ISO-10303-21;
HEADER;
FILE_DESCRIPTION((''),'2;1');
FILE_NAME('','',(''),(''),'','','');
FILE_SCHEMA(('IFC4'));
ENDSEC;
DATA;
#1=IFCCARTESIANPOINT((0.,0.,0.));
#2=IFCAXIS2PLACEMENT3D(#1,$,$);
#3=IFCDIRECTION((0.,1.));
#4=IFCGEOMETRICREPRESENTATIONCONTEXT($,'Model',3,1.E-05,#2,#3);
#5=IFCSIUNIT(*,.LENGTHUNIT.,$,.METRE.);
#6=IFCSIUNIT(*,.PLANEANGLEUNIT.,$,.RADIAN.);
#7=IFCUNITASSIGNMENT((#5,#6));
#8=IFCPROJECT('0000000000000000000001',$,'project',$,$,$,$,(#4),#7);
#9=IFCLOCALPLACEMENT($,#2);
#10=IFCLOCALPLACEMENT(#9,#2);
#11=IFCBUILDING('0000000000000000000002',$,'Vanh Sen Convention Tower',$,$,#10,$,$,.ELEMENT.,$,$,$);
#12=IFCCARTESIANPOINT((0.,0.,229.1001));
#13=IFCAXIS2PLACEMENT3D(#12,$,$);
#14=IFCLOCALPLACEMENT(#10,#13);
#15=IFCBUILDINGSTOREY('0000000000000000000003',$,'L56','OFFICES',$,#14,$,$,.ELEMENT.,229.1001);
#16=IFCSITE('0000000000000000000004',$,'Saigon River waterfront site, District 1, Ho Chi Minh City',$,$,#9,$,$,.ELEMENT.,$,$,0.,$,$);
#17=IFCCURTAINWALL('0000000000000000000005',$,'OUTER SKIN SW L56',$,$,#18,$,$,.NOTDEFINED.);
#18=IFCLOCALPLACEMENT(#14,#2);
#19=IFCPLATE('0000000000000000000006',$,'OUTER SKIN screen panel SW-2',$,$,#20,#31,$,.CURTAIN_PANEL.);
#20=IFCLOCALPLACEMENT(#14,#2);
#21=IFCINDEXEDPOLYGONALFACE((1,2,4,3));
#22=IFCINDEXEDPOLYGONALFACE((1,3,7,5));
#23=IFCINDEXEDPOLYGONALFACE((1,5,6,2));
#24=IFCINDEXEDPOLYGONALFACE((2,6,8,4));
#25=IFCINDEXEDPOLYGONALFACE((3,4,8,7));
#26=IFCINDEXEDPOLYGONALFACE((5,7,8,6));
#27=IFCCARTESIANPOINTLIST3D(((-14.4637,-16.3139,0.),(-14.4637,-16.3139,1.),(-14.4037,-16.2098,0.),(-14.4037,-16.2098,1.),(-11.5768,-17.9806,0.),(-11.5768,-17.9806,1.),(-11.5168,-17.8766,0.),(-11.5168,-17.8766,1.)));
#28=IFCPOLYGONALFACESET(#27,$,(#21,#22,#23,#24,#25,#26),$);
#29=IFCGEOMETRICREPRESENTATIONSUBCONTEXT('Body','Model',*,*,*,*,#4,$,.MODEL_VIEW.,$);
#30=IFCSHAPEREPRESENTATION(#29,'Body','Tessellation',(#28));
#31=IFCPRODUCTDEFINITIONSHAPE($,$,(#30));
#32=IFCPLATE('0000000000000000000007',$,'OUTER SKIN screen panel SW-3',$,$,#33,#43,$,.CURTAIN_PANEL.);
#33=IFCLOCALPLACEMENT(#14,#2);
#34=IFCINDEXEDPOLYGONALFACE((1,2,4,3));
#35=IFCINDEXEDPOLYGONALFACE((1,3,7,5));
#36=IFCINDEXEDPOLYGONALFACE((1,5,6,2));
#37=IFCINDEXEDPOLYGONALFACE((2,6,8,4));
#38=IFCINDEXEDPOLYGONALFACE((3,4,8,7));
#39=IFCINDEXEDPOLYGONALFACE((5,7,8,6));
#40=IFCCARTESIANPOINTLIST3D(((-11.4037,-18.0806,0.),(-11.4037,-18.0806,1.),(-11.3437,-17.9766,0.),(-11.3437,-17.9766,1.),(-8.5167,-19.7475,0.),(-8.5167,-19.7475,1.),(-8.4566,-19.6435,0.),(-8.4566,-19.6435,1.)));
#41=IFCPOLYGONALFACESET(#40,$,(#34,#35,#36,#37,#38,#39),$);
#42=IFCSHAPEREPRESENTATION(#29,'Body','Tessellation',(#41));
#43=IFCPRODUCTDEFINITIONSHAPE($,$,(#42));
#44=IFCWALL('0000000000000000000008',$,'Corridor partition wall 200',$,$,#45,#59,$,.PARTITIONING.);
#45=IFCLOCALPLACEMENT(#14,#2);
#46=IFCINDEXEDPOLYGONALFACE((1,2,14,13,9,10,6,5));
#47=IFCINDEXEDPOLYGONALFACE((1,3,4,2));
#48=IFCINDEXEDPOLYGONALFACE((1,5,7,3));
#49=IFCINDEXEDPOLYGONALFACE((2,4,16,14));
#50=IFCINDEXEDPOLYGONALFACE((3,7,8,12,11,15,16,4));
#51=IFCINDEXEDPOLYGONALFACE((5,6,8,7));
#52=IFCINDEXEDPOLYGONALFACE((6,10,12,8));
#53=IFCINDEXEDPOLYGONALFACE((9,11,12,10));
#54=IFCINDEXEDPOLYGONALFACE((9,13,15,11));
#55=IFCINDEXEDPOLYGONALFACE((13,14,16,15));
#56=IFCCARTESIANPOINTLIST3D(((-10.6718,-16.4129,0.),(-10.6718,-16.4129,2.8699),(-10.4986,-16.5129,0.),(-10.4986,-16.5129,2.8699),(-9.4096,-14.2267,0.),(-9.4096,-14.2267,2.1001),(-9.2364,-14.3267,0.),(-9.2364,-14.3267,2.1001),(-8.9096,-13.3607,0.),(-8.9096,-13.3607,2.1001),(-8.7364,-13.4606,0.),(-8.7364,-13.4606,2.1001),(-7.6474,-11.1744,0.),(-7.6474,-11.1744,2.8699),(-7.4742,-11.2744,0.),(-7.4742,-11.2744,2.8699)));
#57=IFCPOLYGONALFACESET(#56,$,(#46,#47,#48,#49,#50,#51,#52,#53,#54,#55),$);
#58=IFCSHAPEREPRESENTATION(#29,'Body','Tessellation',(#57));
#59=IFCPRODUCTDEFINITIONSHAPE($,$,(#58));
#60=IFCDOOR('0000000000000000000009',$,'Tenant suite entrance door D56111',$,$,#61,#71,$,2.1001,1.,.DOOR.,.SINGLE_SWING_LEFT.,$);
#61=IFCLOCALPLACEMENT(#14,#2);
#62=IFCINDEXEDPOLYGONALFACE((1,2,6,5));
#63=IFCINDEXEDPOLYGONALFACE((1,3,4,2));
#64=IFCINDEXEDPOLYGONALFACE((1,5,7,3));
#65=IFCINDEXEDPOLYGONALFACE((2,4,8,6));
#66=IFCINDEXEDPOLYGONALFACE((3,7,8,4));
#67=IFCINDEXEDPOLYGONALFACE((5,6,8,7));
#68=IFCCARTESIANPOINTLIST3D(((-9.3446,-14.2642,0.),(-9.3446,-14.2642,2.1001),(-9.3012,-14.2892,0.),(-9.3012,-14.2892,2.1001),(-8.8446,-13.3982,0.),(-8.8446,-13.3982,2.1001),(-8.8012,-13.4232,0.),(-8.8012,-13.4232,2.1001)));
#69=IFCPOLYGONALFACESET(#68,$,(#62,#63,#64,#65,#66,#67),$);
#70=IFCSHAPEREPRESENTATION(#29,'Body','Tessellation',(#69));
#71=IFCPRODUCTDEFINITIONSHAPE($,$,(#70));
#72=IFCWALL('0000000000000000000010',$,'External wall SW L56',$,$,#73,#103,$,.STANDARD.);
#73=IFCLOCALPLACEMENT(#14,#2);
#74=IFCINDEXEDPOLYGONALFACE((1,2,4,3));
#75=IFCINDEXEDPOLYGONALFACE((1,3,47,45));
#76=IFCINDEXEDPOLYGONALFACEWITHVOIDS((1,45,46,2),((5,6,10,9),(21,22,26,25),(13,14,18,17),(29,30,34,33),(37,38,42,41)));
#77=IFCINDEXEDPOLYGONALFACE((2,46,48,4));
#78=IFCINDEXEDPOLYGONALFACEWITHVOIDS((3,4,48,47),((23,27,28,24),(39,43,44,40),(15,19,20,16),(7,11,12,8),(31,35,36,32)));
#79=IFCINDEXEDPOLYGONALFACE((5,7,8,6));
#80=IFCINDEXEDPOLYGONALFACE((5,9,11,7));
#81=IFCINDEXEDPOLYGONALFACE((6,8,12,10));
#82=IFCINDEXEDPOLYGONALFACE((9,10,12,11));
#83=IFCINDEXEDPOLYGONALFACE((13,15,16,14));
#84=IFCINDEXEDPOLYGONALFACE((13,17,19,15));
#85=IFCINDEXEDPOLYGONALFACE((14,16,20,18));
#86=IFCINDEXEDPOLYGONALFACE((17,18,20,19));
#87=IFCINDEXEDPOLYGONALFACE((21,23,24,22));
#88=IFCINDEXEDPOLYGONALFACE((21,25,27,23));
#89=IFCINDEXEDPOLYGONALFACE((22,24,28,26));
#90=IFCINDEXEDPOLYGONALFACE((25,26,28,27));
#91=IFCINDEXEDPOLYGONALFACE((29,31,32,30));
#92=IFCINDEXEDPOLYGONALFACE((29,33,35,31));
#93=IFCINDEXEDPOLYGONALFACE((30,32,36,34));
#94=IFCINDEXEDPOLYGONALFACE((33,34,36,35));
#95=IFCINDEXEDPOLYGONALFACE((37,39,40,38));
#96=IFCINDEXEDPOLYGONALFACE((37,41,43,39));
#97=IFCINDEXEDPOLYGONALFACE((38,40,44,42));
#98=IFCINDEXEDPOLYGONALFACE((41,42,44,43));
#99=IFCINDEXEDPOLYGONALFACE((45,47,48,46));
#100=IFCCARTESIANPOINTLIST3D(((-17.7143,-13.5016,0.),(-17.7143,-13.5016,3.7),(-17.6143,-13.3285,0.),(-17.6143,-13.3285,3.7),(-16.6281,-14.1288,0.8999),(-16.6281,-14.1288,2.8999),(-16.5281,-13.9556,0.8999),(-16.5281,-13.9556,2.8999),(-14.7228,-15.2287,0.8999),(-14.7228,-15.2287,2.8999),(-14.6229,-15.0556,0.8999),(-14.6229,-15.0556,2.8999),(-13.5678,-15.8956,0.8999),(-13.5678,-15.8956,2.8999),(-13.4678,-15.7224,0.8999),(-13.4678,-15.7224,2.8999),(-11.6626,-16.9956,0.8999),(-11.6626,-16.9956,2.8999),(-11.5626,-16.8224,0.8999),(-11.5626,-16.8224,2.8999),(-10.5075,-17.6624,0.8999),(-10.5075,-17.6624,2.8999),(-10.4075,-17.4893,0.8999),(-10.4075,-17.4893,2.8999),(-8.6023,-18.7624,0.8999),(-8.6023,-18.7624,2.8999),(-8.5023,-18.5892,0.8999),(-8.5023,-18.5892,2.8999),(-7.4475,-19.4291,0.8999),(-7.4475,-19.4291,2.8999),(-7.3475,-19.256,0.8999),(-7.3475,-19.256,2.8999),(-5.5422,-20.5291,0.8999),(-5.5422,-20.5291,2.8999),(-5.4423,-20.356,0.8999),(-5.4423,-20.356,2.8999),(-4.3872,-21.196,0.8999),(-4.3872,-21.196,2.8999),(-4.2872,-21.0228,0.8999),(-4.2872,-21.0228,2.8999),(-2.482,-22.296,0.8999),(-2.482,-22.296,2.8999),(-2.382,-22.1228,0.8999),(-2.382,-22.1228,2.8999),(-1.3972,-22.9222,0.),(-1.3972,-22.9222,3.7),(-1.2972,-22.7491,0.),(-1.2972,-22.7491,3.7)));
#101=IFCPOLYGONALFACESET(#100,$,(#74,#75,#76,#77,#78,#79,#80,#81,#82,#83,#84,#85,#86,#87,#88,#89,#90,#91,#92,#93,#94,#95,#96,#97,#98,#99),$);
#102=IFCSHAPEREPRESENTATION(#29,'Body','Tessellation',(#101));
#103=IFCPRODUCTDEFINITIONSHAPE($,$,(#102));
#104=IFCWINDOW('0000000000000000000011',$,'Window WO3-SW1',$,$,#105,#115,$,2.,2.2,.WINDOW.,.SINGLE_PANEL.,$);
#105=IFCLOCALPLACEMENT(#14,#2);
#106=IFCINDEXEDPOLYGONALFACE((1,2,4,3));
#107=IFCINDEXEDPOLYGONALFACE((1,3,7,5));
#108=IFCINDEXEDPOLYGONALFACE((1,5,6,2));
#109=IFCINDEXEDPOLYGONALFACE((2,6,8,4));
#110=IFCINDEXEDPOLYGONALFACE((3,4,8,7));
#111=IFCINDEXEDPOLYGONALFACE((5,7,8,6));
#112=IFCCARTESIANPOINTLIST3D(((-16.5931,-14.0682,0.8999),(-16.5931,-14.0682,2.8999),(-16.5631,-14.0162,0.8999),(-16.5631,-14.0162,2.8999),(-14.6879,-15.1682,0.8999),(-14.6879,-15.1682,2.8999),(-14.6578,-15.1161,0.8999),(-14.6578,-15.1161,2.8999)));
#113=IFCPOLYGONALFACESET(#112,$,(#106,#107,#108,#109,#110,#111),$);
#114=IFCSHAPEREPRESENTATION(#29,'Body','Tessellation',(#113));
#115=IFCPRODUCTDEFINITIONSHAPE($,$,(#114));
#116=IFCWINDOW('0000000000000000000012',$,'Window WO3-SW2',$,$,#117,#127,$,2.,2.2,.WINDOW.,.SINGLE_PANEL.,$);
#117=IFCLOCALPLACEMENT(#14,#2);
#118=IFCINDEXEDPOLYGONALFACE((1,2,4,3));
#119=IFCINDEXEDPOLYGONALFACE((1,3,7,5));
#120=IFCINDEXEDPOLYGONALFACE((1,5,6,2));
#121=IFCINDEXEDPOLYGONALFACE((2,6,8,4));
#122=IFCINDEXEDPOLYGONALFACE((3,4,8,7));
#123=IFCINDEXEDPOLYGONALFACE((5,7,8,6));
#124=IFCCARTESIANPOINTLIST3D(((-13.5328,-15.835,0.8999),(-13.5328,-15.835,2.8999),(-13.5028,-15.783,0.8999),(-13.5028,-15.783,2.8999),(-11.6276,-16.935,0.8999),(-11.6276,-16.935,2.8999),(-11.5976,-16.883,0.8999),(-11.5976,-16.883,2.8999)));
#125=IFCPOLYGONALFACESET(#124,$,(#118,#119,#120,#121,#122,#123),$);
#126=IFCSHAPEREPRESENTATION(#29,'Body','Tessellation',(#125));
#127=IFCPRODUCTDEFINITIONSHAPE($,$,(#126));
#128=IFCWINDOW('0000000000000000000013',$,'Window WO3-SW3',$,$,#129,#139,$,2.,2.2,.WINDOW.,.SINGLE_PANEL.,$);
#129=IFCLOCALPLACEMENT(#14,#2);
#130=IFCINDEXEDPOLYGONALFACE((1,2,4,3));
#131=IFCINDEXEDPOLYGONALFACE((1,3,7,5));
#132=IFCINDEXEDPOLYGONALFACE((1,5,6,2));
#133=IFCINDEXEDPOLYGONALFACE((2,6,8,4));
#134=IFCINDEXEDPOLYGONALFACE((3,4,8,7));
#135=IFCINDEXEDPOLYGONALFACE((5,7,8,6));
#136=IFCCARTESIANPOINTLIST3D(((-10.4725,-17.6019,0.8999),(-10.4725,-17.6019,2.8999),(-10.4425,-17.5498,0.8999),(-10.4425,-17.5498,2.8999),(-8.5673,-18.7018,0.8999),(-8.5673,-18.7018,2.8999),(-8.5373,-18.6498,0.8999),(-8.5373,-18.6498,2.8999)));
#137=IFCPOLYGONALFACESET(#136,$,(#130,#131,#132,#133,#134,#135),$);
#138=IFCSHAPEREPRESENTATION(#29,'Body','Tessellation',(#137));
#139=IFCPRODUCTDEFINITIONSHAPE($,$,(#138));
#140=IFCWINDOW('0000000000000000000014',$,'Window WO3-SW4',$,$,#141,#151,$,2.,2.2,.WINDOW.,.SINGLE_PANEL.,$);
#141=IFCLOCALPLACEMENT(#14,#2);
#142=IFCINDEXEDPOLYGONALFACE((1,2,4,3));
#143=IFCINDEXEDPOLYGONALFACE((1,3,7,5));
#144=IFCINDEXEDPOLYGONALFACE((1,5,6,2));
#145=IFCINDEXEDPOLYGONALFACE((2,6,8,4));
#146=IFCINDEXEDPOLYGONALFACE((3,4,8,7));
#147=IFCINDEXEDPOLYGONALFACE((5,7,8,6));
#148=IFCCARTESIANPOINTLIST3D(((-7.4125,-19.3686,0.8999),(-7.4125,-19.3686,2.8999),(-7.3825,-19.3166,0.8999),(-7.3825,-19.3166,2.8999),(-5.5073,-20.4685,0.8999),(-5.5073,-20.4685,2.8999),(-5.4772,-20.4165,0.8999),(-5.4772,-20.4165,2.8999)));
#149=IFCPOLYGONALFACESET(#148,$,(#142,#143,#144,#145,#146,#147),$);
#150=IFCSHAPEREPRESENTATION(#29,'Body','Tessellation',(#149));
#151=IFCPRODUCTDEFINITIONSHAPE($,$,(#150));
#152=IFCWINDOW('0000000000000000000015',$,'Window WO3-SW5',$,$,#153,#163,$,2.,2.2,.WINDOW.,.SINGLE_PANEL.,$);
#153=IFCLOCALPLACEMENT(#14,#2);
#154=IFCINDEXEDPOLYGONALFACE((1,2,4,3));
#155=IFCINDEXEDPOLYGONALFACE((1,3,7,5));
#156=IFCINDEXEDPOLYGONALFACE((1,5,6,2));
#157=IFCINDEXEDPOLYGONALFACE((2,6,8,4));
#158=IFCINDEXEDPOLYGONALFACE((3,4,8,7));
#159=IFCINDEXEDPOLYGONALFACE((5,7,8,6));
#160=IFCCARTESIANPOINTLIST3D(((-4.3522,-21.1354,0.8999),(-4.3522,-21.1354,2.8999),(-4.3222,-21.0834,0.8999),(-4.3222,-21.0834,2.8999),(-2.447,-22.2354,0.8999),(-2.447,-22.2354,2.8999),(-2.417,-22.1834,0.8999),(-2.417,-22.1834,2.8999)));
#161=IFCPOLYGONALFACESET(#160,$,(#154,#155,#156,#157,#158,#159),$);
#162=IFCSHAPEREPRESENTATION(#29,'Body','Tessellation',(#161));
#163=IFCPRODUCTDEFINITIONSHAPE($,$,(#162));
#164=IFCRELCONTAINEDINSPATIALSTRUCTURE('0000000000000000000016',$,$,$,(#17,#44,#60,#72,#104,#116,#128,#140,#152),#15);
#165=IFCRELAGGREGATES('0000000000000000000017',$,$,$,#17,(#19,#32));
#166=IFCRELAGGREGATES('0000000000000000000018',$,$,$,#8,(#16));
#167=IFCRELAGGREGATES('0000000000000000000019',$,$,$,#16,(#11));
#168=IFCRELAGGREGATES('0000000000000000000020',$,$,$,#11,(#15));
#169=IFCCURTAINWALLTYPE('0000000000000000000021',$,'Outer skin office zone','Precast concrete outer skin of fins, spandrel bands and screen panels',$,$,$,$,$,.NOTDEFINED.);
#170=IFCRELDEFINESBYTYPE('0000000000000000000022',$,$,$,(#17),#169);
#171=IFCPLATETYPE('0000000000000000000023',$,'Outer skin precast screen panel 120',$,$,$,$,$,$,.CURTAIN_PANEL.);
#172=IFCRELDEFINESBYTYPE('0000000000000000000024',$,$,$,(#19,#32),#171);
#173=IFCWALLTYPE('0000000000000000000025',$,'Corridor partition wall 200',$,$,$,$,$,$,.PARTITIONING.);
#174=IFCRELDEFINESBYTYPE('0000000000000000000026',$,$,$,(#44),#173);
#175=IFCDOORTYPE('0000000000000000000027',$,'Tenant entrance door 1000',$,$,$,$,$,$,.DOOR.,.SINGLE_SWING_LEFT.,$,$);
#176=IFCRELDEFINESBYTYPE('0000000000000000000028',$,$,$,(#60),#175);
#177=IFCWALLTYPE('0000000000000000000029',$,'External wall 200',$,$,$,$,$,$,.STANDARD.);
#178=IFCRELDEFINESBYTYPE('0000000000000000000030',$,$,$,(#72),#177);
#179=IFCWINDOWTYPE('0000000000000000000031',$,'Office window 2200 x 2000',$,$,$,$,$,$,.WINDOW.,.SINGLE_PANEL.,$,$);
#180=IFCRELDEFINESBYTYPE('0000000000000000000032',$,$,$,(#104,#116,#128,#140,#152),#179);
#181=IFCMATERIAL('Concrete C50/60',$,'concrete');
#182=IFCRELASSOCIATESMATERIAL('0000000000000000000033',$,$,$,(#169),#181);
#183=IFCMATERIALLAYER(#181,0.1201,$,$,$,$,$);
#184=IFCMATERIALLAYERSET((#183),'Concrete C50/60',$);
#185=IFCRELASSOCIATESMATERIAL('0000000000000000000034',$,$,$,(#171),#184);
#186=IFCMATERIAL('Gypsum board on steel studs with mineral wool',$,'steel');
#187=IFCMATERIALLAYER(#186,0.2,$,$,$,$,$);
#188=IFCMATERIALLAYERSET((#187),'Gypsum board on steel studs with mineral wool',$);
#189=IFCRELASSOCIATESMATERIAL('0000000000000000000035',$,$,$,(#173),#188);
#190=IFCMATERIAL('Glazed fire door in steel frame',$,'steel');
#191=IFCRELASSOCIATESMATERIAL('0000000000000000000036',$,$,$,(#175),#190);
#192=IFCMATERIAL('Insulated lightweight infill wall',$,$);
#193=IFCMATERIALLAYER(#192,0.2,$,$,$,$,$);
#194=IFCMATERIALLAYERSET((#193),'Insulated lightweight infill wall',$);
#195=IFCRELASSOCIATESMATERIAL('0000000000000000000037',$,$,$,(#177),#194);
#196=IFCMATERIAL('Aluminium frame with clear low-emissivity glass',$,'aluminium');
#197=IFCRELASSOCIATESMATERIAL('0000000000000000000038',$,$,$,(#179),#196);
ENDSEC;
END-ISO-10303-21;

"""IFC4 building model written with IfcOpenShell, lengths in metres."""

from ifc_helpers import new_model, si_unit, direction, frame, frame_2d, origin, origin_2d, place, context, subcontext, project, spatial, rectangle, extrude, material, layer, layer_set, type_object, element, fill, aggregate, save


model = new_model("IFC4")

# Units and contexts
model_context = context("Model", 3, precision=1e-05, world=origin(), true_north=direction((0.0, 1.0)))
body_context = subcontext(model_context, "Body", "Model", "MODEL_VIEW")
ifc_project = project(units=[si_unit("LENGTHUNIT", "METRE"), si_unit("PLANEANGLEUNIT", "RADIAN")], contexts=[model_context])

# Site, building, storey
site_placement = place(None, origin())
site = spatial("IfcSite", under=ifc_project, at=site_placement, Name="Saigon River waterfront site, District 1, Ho Chi Minh City", CompositionType="ELEMENT", RefElevation=0.0)
building_placement = place(site_placement, origin())
building = spatial("IfcBuilding", under=site, at=building_placement, Name="Vanh Sen Convention Tower", CompositionType="ELEMENT")
storey_placement = place(building_placement, frame((0.0, 0.0, 229.1001)))
storey = spatial("IfcBuildingStorey", under=building, at=storey_placement, Name="L56", Description="OFFICES", CompositionType="ELEMENT", Elevation=229.1001)

# Curtain wall
ifc_material_1 = material(Name="Concrete C50/60", Category="concrete")
curtain_wall_type = type_object("IfcCurtainWallType", Name="Outer skin office zone", Description="Precast concrete outer skin of fins, spandrel bands and screen panels", PredefinedType="NOTDEFINED", material=ifc_material_1)
curtain_wall_placement = place(storey_placement, origin())
curtain_wall = element("IfcCurtainWall", 1, at=curtain_wall_placement, inside=storey, type_object=curtain_wall_type, Name="OUTER SKIN SW L56", PredefinedType="NOTDEFINED")

# Plates
ifc_layer_1 = layer(ifc_material_1, 0.1201)
ifc_layer_set_1 = layer_set([ifc_layer_1], Name="Concrete C50/60")
plate_type = type_object("IfcPlateType", Name="Outer skin precast screen panel 120", PredefinedType="CURTAIN_PANEL", material=ifc_layer_set_1)
plate_1_placement = place(storey_placement, frame((-12.9902, -17.0952, 0.0), z_axis=(0.0, 0.0, 1.0), x_axis=(0.866026, -0.499998, 0.0)))
plate_1 = element("IfcPlate", 2, at=plate_1_placement, type_object=plate_type, Name="OUTER SKIN screen panel SW-2", PredefinedType="CURTAIN_PANEL", context=body_context, shape_type="SweptSolid", body=[
    extrude(rectangle(XDim=3.3335, YDim=0.1201, at=origin_2d()), origin(), (0.0, 0.0, 1.0), 1.0),
])
plate_2_placement = place(storey_placement, frame((-9.9302, -18.8621, 0.0), z_axis=(0.0, 0.0, 1.0), x_axis=(0.866014, -0.50002, 0.0)))
plate_2 = element("IfcPlate", 3, at=plate_2_placement, type_object=plate_type, Name="OUTER SKIN screen panel SW-3", PredefinedType="CURTAIN_PANEL", context=body_context, shape_type="SweptSolid", body=[
    extrude(rectangle(XDim=3.3337, YDim=0.1201, at=origin_2d()), origin(), (0.0, 0.0, 1.0), 1.0),
])
aggregate(curtain_wall, [plate_1, plate_2])

# Wall, opening, door
ifc_material_2 = material(Name="Gypsum board on steel studs with mineral wool", Category="steel")
ifc_layer_2 = layer(ifc_material_2, 0.2)
ifc_layer_set_2 = layer_set([ifc_layer_2], Name="Gypsum board on steel studs with mineral wool")
wall_type_1 = type_object("IfcWallType", Name="Corridor partition wall 200", PredefinedType="PARTITIONING", material=ifc_layer_set_2)
wall_1_placement = place(storey_placement, frame((-10.5852, -16.4629, 0.0), z_axis=(0.0, 0.0, 1.0), x_axis=(0.499994, 0.866029, 0.0)))
wall_1 = element("IfcWall", 4, at=wall_1_placement, inside=storey, type_object=wall_type_1, Name="Corridor partition wall 200", PredefinedType="PARTITIONING", context=body_context, shape_type="SweptSolid", body=[
    extrude(rectangle(XDim=6.0488, YDim=0.2, at=frame_2d((3.0244, 0.0))), origin(), (0.0, 0.0, 1.0), 2.8699),
])
opening_1_placement = place(wall_1_placement, frame((2.5244, 0.0, 0.0)))
opening_1 = element("IfcOpeningElement", 5, at=opening_1_placement, cuts=wall_1, PredefinedType="OPENING", context=body_context, shape_type="SweptSolid", body=[
    extrude(rectangle(XDim=1.0, YDim=2.1001, at=frame_2d((0.5, 1.05))), frame((0.0, 0.1099, 0.0), z_axis=(0.0, -1.0, 0.0), x_axis=(1.0, 0.0, 0.0)), (0.0, 0.0, 1.0), 0.22),
])
ifc_material_3 = material(Name="Glazed fire door in steel frame", Category="steel")
door_type = type_object("IfcDoorType", Name="Tenant entrance door 1000", OperationType="SINGLE_SWING_LEFT", PredefinedType="DOOR", material=ifc_material_3)
door_placement = place(opening_1_placement, origin())
door = element("IfcDoor", 6, at=door_placement, inside=storey, type_object=door_type, Name="Tenant suite entrance door D56111", OperationType="SINGLE_SWING_LEFT", OverallHeight=2.1001, OverallWidth=1.0, PredefinedType="DOOR", context=body_context, shape_type="SweptSolid", body=[
    extrude(rectangle(XDim=1.0, YDim=2.1001, at=frame_2d((0.5, 1.05))), frame((0.0, 0.0249, 0.0), z_axis=(0.0, -1.0, 0.0), x_axis=(1.0, 0.0, 0.0)), (0.0, 0.0, 1.0), 0.05),
])
fill(opening_1, door)

# Wall, openings, windows
ifc_material_4 = material(Name="Insulated lightweight infill wall")
ifc_layer_3 = layer(ifc_material_4, 0.2)
ifc_layer_set_3 = layer_set([ifc_layer_3], Name="Insulated lightweight infill wall")
wall_type_2 = type_object("IfcWallType", Name="External wall 200", PredefinedType="STANDARD", material=ifc_layer_set_3)
wall_2_placement = place(storey_placement, frame((-17.6643, -13.415, 0.0), z_axis=(0.0, 0.0, 1.0), x_axis=(0.866027, -0.499998, 0.0)))
wall_2 = element("IfcWall", 7, at=wall_2_placement, inside=storey, type_object=wall_type_2, Name="External wall SW L56", PredefinedType="STANDARD", context=body_context, shape_type="SweptSolid", body=[
    extrude(rectangle(XDim=18.8413, YDim=0.2, at=frame_2d((9.4207, 0.0))), origin(), (0.0, 0.0, 1.0), 3.7),
])
opening_2_placement = place(wall_2_placement, frame((1.2542, 0.0, 0.8999)))
opening_2 = element("IfcOpeningElement", 8, at=opening_2_placement, cuts=wall_2, PredefinedType="OPENING", context=body_context, shape_type="SweptSolid", body=[
    extrude(rectangle(XDim=2.2, YDim=2.0, at=frame_2d((1.1001, 1.0))), frame((0.0, 0.1099, 0.0), z_axis=(0.0, -1.0, 0.0), x_axis=(1.0, 0.0, 0.0)), (0.0, 0.0, 1.0), 0.22),
])
opening_3_placement = place(wall_2_placement, frame((4.7878, 0.0, 0.8999)))
opening_3 = element("IfcOpeningElement", 9, at=opening_3_placement, cuts=wall_2, PredefinedType="OPENING", context=body_context, shape_type="SweptSolid", body=[
    extrude(rectangle(XDim=2.2, YDim=2.0, at=frame_2d((1.1001, 1.0))), frame((0.0, 0.1099, 0.0), z_axis=(0.0, -1.0, 0.0), x_axis=(1.0, 0.0, 0.0)), (0.0, 0.0, 1.0), 0.22),
])
opening_4_placement = place(wall_2_placement, frame((8.3215, 0.0, 0.8999)))
opening_4 = element("IfcOpeningElement", 10, at=opening_4_placement, cuts=wall_2, PredefinedType="OPENING", context=body_context, shape_type="SweptSolid", body=[
    extrude(rectangle(XDim=2.2, YDim=2.0, at=frame_2d((1.1001, 1.0))), frame((0.0, 0.1099, 0.0), z_axis=(0.0, -1.0, 0.0), x_axis=(1.0, 0.0, 0.0)), (0.0, 0.0, 1.0), 0.22),
])
opening_5_placement = place(wall_2_placement, frame((11.855, 0.0, 0.8999)))
opening_5 = element("IfcOpeningElement", 11, at=opening_5_placement, cuts=wall_2, PredefinedType="OPENING", context=body_context, shape_type="SweptSolid", body=[
    extrude(rectangle(XDim=2.2, YDim=2.0, at=frame_2d((1.1001, 1.0))), frame((0.0, 0.1099, 0.0), z_axis=(0.0, -1.0, 0.0), x_axis=(1.0, 0.0, 0.0)), (0.0, 0.0, 1.0), 0.22),
])
opening_6_placement = place(wall_2_placement, frame((15.3887, 0.0, 0.8999)))
opening_6 = element("IfcOpeningElement", 12, at=opening_6_placement, cuts=wall_2, PredefinedType="OPENING", context=body_context, shape_type="SweptSolid", body=[
    extrude(rectangle(XDim=2.2, YDim=2.0, at=frame_2d((1.1001, 1.0))), frame((0.0, 0.1099, 0.0), z_axis=(0.0, -1.0, 0.0), x_axis=(1.0, 0.0, 0.0)), (0.0, 0.0, 1.0), 0.22),
])
ifc_material_5 = material(Name="Aluminium frame with clear low-emissivity glass", Category="aluminium")
window_type = type_object("IfcWindowType", Name="Office window 2200 x 2000", PartitioningType="SINGLE_PANEL", PredefinedType="WINDOW", material=ifc_material_5)
window_1_placement = place(opening_2_placement, origin())
window_1 = element("IfcWindow", 13, at=window_1_placement, inside=storey, type_object=window_type, Name="Window WO3-SW1", OverallHeight=2.0, OverallWidth=2.2, PartitioningType="SINGLE_PANEL", PredefinedType="WINDOW", context=body_context, shape_type="SweptSolid", body=[
    extrude(rectangle(XDim=2.2, YDim=2.0, at=frame_2d((1.1001, 1.0))), frame((0.0, 0.03, 0.0), z_axis=(0.0, -1.0, 0.0), x_axis=(1.0, 0.0, 0.0)), (0.0, 0.0, 1.0), 0.0601),
])
fill(opening_2, window_1)
window_2_placement = place(opening_3_placement, origin())
window_2 = element("IfcWindow", 14, at=window_2_placement, inside=storey, type_object=window_type, Name="Window WO3-SW2", OverallHeight=2.0, OverallWidth=2.2, PartitioningType="SINGLE_PANEL", PredefinedType="WINDOW", context=body_context, shape_type="SweptSolid", body=[
    extrude(rectangle(XDim=2.2, YDim=2.0, at=frame_2d((1.1001, 1.0))), frame((0.0, 0.03, 0.0), z_axis=(0.0, -1.0, 0.0), x_axis=(1.0, 0.0, 0.0)), (0.0, 0.0, 1.0), 0.0601),
])
fill(opening_3, window_2)
window_3_placement = place(opening_4_placement, origin())
window_3 = element("IfcWindow", 15, at=window_3_placement, inside=storey, type_object=window_type, Name="Window WO3-SW3", OverallHeight=2.0, OverallWidth=2.2, PartitioningType="SINGLE_PANEL", PredefinedType="WINDOW", context=body_context, shape_type="SweptSolid", body=[
    extrude(rectangle(XDim=2.2, YDim=2.0, at=frame_2d((1.1001, 1.0))), frame((0.0, 0.03, 0.0), z_axis=(0.0, -1.0, 0.0), x_axis=(1.0, 0.0, 0.0)), (0.0, 0.0, 1.0), 0.0601),
])
fill(opening_4, window_3)
window_4_placement = place(opening_5_placement, origin())
window_4 = element("IfcWindow", 16, at=window_4_placement, inside=storey, type_object=window_type, Name="Window WO3-SW4", OverallHeight=2.0, OverallWidth=2.2, PartitioningType="SINGLE_PANEL", PredefinedType="WINDOW", context=body_context, shape_type="SweptSolid", body=[
    extrude(rectangle(XDim=2.2, YDim=2.0, at=frame_2d((1.1001, 1.0))), frame((0.0, 0.03, 0.0), z_axis=(0.0, -1.0, 0.0), x_axis=(1.0, 0.0, 0.0)), (0.0, 0.0, 1.0), 0.0601),
])
fill(opening_5, window_4)
window_5_placement = place(opening_6_placement, origin())
window_5 = element("IfcWindow", 17, at=window_5_placement, inside=storey, type_object=window_type, Name="Window WO3-SW5", OverallHeight=2.0, OverallWidth=2.2, PartitioningType="SINGLE_PANEL", PredefinedType="WINDOW", context=body_context, shape_type="SweptSolid", body=[
    extrude(rectangle(XDim=2.2, YDim=2.0, at=frame_2d((1.1001, 1.0))), frame((0.0, 0.03, 0.0), z_axis=(0.0, -1.0, 0.0), x_axis=(1.0, 0.0, 0.0)), (0.0, 0.0, 1.0), 0.0601),
])
fill(opening_6, window_5)

save(model, "model.ifc")
